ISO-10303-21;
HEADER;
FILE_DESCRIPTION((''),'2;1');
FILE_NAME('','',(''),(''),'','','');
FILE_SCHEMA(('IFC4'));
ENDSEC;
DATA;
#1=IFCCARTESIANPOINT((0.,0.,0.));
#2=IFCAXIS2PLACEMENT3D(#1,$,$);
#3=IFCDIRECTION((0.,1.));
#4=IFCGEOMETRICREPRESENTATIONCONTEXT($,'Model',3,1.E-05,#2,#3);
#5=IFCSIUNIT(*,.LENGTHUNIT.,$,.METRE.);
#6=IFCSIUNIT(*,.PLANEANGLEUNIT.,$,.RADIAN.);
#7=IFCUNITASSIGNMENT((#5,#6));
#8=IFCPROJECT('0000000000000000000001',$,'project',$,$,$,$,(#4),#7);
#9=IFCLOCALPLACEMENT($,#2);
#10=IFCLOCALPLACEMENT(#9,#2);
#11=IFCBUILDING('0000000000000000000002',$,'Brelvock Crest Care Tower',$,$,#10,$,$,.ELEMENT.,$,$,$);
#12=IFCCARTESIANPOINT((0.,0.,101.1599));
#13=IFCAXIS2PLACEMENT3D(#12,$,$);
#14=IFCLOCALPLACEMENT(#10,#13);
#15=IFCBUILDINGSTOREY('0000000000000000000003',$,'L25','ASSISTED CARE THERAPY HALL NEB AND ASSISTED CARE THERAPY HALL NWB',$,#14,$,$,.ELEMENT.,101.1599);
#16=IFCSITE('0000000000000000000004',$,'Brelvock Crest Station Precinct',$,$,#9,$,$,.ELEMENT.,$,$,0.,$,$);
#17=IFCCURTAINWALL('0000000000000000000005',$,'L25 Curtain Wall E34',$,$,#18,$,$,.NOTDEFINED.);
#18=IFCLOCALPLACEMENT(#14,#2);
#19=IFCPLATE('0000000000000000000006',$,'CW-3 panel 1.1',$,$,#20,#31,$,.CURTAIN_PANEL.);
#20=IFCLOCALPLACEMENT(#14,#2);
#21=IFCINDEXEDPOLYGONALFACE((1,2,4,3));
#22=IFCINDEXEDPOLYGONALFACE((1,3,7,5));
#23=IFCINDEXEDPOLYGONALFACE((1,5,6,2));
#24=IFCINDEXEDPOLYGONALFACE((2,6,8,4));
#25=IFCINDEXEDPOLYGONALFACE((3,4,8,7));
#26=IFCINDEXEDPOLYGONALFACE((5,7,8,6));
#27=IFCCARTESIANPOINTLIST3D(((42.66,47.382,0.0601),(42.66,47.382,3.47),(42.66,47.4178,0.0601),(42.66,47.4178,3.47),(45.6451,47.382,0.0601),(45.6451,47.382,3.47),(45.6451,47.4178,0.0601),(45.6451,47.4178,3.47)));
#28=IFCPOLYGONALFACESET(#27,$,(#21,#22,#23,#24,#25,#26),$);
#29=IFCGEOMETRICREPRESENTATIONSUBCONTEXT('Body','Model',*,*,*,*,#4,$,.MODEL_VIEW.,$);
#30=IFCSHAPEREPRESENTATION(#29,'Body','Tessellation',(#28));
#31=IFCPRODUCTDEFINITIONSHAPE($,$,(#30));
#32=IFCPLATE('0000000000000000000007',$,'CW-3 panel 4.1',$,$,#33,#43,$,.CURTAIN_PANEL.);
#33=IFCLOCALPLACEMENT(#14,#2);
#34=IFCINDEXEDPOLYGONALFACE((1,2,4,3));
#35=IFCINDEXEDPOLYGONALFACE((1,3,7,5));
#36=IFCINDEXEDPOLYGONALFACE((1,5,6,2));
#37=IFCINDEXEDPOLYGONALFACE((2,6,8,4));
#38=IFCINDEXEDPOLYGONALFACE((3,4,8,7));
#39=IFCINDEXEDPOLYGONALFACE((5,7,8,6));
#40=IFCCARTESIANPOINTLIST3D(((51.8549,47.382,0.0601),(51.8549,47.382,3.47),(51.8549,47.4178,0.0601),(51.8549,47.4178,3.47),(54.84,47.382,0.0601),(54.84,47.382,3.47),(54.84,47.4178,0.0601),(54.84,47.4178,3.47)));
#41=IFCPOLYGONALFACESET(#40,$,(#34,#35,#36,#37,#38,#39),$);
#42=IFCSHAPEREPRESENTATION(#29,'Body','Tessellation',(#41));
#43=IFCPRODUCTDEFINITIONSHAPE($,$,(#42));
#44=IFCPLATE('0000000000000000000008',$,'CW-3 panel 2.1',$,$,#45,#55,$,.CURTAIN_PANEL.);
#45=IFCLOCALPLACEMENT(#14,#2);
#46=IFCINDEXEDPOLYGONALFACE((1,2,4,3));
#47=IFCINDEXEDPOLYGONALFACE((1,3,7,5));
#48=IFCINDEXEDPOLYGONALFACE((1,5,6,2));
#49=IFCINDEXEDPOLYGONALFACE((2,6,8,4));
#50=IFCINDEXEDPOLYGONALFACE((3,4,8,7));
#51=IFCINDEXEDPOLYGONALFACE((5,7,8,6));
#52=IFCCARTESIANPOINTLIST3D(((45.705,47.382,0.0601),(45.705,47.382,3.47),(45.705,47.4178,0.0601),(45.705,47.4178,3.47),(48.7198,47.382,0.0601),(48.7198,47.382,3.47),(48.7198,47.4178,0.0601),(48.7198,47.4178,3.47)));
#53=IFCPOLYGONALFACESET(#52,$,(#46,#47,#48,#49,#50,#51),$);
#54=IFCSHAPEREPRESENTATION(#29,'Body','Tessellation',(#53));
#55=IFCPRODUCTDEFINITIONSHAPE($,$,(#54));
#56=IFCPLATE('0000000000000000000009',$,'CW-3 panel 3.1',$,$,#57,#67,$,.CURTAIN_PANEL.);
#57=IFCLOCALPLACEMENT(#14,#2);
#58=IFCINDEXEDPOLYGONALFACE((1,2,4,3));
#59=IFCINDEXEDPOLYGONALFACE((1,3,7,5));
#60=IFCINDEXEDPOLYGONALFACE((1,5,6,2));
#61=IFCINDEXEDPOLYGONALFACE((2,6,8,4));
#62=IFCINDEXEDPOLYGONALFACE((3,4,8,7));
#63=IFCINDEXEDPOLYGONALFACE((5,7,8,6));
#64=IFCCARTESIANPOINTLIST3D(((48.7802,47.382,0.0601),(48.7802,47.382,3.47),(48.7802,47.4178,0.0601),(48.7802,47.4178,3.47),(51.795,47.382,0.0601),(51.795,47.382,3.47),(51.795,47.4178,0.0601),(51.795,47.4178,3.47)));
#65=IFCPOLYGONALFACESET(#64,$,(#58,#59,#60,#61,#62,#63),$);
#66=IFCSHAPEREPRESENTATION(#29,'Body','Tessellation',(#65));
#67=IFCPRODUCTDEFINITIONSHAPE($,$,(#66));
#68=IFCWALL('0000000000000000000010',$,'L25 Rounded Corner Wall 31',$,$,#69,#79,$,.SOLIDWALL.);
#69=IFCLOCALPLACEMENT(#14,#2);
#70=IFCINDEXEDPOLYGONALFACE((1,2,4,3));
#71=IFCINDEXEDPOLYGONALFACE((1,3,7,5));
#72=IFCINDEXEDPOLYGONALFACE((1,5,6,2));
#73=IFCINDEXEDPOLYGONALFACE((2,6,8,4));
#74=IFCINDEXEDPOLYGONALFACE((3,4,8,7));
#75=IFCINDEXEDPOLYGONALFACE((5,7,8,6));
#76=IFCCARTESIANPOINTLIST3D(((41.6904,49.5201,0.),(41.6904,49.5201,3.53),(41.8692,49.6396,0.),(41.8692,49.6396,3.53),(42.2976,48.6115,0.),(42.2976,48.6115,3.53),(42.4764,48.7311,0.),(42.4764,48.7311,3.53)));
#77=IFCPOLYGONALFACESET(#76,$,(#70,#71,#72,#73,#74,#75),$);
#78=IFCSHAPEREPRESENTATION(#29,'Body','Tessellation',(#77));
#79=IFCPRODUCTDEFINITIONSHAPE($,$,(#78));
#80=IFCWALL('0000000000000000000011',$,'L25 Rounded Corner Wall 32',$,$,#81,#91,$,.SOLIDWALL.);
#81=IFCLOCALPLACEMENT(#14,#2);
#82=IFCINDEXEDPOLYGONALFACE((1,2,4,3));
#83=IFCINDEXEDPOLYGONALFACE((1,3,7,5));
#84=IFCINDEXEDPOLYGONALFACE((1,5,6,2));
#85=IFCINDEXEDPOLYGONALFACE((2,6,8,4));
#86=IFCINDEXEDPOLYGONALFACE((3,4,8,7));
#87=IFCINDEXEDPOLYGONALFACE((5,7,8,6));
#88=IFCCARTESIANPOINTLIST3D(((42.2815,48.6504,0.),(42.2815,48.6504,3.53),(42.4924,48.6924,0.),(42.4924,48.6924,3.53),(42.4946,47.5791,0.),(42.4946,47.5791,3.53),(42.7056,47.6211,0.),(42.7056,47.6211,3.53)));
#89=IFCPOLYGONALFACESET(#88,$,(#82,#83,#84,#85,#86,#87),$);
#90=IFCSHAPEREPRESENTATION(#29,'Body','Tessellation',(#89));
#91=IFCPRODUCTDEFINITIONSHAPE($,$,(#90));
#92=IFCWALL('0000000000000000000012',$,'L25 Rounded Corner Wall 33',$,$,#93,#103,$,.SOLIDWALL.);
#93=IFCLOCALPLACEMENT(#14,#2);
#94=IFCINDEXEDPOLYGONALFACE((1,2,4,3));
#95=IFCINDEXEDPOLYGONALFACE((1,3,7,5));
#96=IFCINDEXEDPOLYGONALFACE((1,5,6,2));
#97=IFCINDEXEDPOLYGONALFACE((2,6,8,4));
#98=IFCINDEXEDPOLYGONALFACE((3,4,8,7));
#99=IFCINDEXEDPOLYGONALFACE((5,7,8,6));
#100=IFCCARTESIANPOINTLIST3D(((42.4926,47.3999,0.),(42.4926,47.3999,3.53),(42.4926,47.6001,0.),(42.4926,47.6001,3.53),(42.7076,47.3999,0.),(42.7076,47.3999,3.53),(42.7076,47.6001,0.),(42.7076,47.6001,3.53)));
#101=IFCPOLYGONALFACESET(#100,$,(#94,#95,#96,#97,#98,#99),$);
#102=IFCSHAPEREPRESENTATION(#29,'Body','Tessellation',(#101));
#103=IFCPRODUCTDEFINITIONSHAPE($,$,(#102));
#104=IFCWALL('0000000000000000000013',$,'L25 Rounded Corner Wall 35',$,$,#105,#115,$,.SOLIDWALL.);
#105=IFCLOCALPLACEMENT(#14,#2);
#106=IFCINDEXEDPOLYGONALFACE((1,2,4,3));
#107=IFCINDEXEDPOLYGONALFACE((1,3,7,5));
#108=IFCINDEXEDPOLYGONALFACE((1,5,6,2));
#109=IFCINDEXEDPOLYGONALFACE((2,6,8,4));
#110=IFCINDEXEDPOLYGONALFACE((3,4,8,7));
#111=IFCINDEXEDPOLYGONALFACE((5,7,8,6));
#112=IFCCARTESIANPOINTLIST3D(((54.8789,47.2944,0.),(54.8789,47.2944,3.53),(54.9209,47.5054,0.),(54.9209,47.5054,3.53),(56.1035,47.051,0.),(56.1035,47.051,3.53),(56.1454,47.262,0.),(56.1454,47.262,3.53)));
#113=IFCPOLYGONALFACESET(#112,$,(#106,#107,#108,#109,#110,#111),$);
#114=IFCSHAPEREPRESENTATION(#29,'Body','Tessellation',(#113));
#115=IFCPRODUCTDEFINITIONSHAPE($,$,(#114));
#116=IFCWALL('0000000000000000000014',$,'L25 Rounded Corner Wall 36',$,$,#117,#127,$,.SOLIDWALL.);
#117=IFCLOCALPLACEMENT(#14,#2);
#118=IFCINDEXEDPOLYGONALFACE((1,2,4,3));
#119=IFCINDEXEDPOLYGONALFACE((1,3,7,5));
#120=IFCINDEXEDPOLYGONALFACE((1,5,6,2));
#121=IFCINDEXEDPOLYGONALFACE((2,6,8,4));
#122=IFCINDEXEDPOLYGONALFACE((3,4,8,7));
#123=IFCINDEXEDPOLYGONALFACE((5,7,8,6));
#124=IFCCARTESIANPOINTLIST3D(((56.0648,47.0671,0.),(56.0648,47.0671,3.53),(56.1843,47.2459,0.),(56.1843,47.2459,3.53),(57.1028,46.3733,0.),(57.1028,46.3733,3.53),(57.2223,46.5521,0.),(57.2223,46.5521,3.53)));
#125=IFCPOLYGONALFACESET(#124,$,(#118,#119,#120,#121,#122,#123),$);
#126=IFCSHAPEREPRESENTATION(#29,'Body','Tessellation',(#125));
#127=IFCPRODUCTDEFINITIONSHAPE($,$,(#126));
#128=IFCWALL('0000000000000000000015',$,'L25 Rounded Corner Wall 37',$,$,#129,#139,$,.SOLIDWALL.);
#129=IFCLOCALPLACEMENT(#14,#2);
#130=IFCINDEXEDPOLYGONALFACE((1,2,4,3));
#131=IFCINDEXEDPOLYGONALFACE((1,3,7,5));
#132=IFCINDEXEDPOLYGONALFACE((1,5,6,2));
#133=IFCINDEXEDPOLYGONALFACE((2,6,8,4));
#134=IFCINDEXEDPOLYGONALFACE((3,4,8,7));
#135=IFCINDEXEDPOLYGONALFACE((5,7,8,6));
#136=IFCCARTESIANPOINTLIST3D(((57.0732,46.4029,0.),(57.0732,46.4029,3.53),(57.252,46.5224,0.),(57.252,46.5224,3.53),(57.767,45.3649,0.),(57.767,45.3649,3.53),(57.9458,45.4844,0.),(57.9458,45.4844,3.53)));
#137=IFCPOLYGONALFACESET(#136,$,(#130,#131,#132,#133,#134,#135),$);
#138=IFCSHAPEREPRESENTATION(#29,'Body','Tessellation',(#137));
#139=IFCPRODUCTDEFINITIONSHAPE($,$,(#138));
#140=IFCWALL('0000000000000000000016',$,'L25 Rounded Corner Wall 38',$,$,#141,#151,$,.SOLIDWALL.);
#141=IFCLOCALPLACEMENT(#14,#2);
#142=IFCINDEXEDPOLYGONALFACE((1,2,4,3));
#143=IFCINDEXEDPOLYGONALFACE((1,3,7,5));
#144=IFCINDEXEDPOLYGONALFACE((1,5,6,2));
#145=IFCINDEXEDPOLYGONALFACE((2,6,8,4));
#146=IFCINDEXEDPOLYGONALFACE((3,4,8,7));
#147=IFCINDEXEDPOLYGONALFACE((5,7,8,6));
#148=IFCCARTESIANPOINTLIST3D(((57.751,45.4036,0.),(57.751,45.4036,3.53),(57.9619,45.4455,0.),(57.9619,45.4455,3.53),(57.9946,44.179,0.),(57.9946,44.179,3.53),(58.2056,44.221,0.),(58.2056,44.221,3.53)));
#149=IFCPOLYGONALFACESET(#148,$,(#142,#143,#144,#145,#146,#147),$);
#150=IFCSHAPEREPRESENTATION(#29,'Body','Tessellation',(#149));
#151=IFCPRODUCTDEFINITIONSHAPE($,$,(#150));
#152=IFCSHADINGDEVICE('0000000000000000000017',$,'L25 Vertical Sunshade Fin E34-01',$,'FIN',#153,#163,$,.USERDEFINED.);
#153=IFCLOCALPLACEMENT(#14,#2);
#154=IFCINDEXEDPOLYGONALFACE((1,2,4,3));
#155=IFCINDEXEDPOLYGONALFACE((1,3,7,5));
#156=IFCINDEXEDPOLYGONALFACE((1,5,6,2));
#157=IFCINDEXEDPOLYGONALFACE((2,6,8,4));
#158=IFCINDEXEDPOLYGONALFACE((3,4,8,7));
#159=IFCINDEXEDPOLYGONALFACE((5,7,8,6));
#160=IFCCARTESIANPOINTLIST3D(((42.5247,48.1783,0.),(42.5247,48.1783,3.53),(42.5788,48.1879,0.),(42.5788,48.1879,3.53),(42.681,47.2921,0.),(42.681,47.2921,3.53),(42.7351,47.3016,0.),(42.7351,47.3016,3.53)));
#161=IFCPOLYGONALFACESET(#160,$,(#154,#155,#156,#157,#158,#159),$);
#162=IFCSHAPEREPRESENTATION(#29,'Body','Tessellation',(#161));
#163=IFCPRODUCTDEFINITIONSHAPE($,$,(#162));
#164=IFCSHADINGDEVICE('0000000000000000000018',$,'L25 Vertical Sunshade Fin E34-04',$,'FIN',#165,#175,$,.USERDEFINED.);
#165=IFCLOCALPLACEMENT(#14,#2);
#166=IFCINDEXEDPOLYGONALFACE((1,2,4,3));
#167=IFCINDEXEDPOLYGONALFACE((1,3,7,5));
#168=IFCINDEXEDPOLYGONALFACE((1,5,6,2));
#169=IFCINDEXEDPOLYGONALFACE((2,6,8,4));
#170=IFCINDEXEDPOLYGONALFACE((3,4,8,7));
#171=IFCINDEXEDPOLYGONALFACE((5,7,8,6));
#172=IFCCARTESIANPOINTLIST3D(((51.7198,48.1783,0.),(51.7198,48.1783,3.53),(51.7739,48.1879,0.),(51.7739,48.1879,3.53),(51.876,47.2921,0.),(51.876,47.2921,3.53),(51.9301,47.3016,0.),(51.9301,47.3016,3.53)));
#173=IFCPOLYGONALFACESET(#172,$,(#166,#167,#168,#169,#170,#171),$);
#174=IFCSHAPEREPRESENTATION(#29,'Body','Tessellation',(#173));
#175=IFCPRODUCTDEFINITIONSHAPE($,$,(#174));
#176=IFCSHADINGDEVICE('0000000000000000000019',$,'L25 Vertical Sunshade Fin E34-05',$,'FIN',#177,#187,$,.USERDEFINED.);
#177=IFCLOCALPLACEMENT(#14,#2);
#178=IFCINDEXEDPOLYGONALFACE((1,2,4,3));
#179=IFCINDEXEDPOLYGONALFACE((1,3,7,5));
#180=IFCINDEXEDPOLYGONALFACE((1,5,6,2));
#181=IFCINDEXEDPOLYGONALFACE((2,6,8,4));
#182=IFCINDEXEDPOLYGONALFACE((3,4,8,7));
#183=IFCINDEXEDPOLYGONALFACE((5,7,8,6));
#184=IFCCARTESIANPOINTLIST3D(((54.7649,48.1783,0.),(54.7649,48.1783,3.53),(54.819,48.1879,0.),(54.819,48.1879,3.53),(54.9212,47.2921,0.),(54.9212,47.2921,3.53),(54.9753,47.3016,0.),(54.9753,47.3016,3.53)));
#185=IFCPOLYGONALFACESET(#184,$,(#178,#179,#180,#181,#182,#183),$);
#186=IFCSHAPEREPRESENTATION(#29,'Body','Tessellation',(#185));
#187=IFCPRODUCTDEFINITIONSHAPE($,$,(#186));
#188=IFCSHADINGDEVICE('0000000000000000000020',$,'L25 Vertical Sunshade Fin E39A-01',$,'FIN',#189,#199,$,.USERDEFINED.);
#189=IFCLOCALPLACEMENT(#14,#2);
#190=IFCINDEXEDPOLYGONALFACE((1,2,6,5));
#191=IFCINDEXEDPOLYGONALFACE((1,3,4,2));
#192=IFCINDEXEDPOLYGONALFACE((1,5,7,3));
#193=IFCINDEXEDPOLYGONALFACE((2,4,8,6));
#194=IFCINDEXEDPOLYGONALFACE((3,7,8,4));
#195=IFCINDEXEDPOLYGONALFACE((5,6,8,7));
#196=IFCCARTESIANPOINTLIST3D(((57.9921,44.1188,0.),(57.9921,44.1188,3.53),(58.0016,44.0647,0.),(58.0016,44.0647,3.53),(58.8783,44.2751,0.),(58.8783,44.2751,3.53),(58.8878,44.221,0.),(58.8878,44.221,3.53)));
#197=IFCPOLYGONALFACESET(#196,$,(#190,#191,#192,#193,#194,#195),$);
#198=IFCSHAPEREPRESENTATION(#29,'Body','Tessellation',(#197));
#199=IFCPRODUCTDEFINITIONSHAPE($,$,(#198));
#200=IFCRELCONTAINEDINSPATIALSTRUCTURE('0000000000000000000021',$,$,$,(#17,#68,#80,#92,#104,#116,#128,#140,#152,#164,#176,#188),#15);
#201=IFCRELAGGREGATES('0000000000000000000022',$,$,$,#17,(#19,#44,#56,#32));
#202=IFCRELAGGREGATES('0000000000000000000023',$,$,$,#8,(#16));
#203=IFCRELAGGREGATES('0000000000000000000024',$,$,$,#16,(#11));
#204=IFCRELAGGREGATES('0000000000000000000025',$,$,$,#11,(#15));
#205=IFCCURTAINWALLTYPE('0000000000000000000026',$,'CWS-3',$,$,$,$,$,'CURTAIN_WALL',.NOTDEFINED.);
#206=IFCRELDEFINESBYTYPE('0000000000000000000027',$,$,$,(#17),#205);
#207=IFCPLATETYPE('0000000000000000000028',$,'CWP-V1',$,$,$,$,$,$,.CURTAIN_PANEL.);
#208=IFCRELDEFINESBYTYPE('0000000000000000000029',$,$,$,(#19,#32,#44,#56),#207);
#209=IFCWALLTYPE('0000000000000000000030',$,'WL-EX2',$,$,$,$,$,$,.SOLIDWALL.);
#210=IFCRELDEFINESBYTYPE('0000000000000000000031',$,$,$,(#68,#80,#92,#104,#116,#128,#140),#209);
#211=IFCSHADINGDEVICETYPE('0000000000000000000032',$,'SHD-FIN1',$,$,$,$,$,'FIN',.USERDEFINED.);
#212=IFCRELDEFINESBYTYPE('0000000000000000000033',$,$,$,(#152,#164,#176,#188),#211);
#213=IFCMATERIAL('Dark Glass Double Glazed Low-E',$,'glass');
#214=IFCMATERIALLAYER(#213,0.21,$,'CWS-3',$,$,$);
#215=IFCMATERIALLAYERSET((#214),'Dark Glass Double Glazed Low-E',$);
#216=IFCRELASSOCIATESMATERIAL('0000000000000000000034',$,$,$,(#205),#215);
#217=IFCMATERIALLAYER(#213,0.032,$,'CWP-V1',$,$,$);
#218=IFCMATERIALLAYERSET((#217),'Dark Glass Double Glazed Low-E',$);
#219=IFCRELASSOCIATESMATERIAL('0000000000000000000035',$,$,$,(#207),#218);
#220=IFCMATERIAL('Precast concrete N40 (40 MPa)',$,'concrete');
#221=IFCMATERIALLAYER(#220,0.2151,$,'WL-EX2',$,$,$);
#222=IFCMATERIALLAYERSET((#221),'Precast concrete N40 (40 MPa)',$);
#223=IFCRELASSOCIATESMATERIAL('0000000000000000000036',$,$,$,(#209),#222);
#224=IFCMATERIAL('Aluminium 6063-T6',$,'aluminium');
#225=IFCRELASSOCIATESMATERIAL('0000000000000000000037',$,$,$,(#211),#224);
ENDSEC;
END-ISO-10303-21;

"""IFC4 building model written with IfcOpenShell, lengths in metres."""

from ifc_helpers import new_model, si_unit, direction, frame, frame_2d, origin, origin_2d, place, context, subcontext, project, spatial, rectangle, extrude, source, transform, mapped, material, layer, layer_set, material_profile, profile_set, type_object, element, aggregate, save


model = new_model("IFC4")

# Units and contexts
model_context = context("Model", 3, precision=1e-05, world=origin(), true_north=direction((0.0, 1.0)))
body_context = subcontext(model_context, "Body", "Model", "MODEL_VIEW")
ifc_project = project(units=[si_unit("LENGTHUNIT", "METRE"), si_unit("PLANEANGLEUNIT", "RADIAN")], contexts=[model_context])

# Site, building, storey
site_placement = place(None, origin())
site = spatial("IfcSite", under=ifc_project, at=site_placement, Name="Brelvock Crest Station Precinct", CompositionType="ELEMENT", RefElevation=0.0)
building_placement = place(site_placement, origin())
building = spatial("IfcBuilding", under=site, at=building_placement, Name="Brelvock Crest Care Tower", CompositionType="ELEMENT")
storey_placement = place(building_placement, frame((0.0, 0.0, 101.1599)))
storey = spatial("IfcBuildingStorey", under=building, at=storey_placement, Name="L25", Description="ASSISTED CARE THERAPY HALL NEB AND ASSISTED CARE THERAPY HALL NWB", CompositionType="ELEMENT", Elevation=101.1599)

# Curtain wall, plates
ifc_material_1 = material(Name="Dark Glass Double Glazed Low-E", Category="glass")
ifc_layer_1 = layer(ifc_material_1, 0.21, Name="CWS-3")
ifc_layer_set_1 = layer_set([ifc_layer_1], Name="Dark Glass Double Glazed Low-E")
curtain_wall_type = type_object("IfcCurtainWallType", Name="CWS-3", ElementType="CURTAIN_WALL", PredefinedType="NOTDEFINED", material=ifc_layer_set_1)
curtain_wall_placement = place(storey_placement, origin())
curtain_wall = element("IfcCurtainWall", 1, at=curtain_wall_placement, inside=storey, type_object=curtain_wall_type, Name="L25 Curtain Wall E34", PredefinedType="NOTDEFINED")
ifc_material_2 = material(Name="Aluminium 6063-T6", Category="aluminium")
ifc_layer_2 = layer(ifc_material_1, 0.032, Name="CWP-V1")
ifc_layer_set_2 = layer_set([ifc_layer_2], Name="Dark Glass Double Glazed Low-E")
plate_type = type_object("IfcPlateType", Name="CWP-V1", PredefinedType="CURTAIN_PANEL", material=ifc_layer_set_2)
shared_shape_1 = source(origin(), body_context, "Body", "SweptSolid", [
    extrude(rectangle(XDim=2.9851, YDim=0.0359, at=origin_2d()), origin(), (0.0, 0.0, 1.0), 3.4099),
])
plate_1_placement = place(storey_placement, frame((44.1526, 47.3999, 0.0601), z_axis=(0.0, 0.0, 1.0), x_axis=(1.0, 0.0, 0.0)))
plate_1 = element("IfcPlate", 2, at=plate_1_placement, type_object=plate_type, Name="CW-3 panel 1.1", PredefinedType="CURTAIN_PANEL", context=body_context, shape_type="MappedRepresentation", body=[
    mapped(shared_shape_1, transform((0.0, 0.0, 0.0), x_axis=(1.0, 0.0, 0.0), y_axis=(0.0, 1.0, 0.0), z_axis=(0.0, 0.0, 1.0), scale=1.0)),
])
plate_2_placement = place(storey_placement, frame((53.3474, 47.3999, 0.0601), z_axis=(0.0, 0.0, 1.0), x_axis=(1.0, 0.0, 0.0)))
plate_2 = element("IfcPlate", 3, at=plate_2_placement, type_object=plate_type, Name="CW-3 panel 4.1", PredefinedType="CURTAIN_PANEL", context=body_context, shape_type="MappedRepresentation", body=[
    mapped(shared_shape_1, transform((0.0, 0.0, 0.0), x_axis=(1.0, 0.0, 0.0), y_axis=(0.0, 1.0, 0.0), z_axis=(0.0, 0.0, 1.0), scale=1.0)),
])
shared_shape_2 = source(origin(), body_context, "Body", "SweptSolid", [
    extrude(rectangle(XDim=3.0149, YDim=0.0359, at=origin_2d()), origin(), (0.0, 0.0, 1.0), 3.4099),
])
plate_3_placement = place(storey_placement, frame((47.2124, 47.3999, 0.0601), z_axis=(0.0, 0.0, 1.0), x_axis=(1.0, 0.0, 0.0)))
plate_3 = element("IfcPlate", 4, at=plate_3_placement, type_object=plate_type, Name="CW-3 panel 2.1", PredefinedType="CURTAIN_PANEL", context=body_context, shape_type="MappedRepresentation", body=[
    mapped(shared_shape_2, transform((0.0, 0.0, 0.0), x_axis=(1.0, 0.0, 0.0), y_axis=(0.0, 1.0, 0.0), z_axis=(0.0, 0.0, 1.0), scale=1.0)),
])
plate_4_placement = place(storey_placement, frame((50.2876, 47.3999, 0.0601), z_axis=(0.0, 0.0, 1.0), x_axis=(1.0, 0.0, 0.0)))
plate_4 = element("IfcPlate", 5, at=plate_4_placement, type_object=plate_type, Name="CW-3 panel 3.1", PredefinedType="CURTAIN_PANEL", context=body_context, shape_type="MappedRepresentation", body=[
    mapped(shared_shape_2, transform((0.0, 0.0, 0.0), x_axis=(1.0, 0.0, 0.0), y_axis=(0.0, 1.0, 0.0), z_axis=(0.0, 0.0, 1.0), scale=1.0)),
])
aggregate(curtain_wall, [plate_1, plate_3, plate_4, plate_2])

# Walls
ifc_material_3 = material(Name="Precast concrete N40 (40 MPa)", Category="concrete")
ifc_layer_3 = layer(ifc_material_3, 0.2151, Name="WL-EX2")
ifc_layer_set_3 = layer_set([ifc_layer_3], Name="Precast concrete N40 (40 MPa)")
wall_type = type_object("IfcWallType", Name="WL-EX2", PredefinedType="SOLIDWALL", material=ifc_layer_set_3)
wall_1_placement = place(storey_placement, frame((41.7798, 49.5798, 0.0), z_axis=(0.0, 0.0, 1.0), x_axis=(0.555679, -0.831397, 0.0)))
element("IfcWall", 6, at=wall_1_placement, inside=storey, type_object=wall_type, Name="L25 Rounded Corner Wall 31", PredefinedType="SOLIDWALL", context=body_context, shape_type="SweptSolid", body=[
    extrude(rectangle(XDim=1.0928, YDim=0.2151, at=frame_2d((0.5464, 0.0))), origin(), (0.0, 0.0, 1.0), 3.53),
])
wall_2_placement = place(storey_placement, frame((42.387, 48.6714, 0.0), z_axis=(0.0, 0.0, 1.0), x_axis=(0.195127, -0.980778, 0.0)))
element("IfcWall", 7, at=wall_2_placement, inside=storey, type_object=wall_type, Name="L25 Rounded Corner Wall 32", PredefinedType="SOLIDWALL", context=body_context, shape_type="SweptSolid", body=[
    extrude(rectangle(XDim=1.0923, YDim=0.2151, at=frame_2d((0.5461, 0.0))), origin(), (0.0, 0.0, 1.0), 3.53),
])
wall_3_placement = place(storey_placement, frame((42.6001, 47.6001, 0.0), z_axis=(0.0, 0.0, 1.0), x_axis=(0.0, -1.0, 0.0)))
element("IfcWall", 8, at=wall_3_placement, inside=storey, type_object=wall_type, Name="L25 Rounded Corner Wall 33", PredefinedType="SOLIDWALL", context=body_context, shape_type="SweptSolid", body=[
    extrude(rectangle(XDim=0.2002, YDim=0.2151, at=frame_2d((0.1001, 0.0))), origin(), (0.0, 0.0, 1.0), 3.53),
])
for number, where, z_axis, x_axis, name in (
    (9, (54.8999, 47.3999, 0.0), (0.0, 0.0, 1.0), (0.980813, -0.19495, 0.0), "L25 Rounded Corner Wall 35"),
    (10, (56.1245, 47.1565, 0.0), (0.0, 0.0, 1.0), (0.831388, -0.555692, 0.0), "L25 Rounded Corner Wall 36"),
    (11, (57.1626, 46.4626, 0.0), (0.0, 0.0, 1.0), (0.555692, -0.831388, 0.0), "L25 Rounded Corner Wall 37"),
    (12, (57.8564, 45.4246, 0.0), (0.0, 0.0, 1.0), (0.195138, -0.980776, 0.0), "L25 Rounded Corner Wall 38"),
):
    element("IfcWall", number, at=place(storey_placement, frame(where, z_axis=z_axis, x_axis=x_axis)), inside=storey, type_object=wall_type, Name=name, PredefinedType="SOLIDWALL", context=body_context, shape_type="SweptSolid", body=[
        extrude(rectangle(XDim=1.2485, YDim=0.2151, at=frame_2d((0.6243, 0.0))), origin(), (0.0, 0.0, 1.0), 3.53),
    ])

# Shading devices
ifc_material_profile_1 = material_profile(ifc_material_2, rectangle(XDim=0.0549, YDim=0.8999, at=origin_2d()), Name="FIN55x900")
ifc_profile_set_1 = profile_set([ifc_material_profile_1], Name="Aluminium 6063-T6")
shading_device_type = type_object("IfcShadingDeviceType", Name="SHD-FIN1", ElementType="FIN", PredefinedType="USERDEFINED", material=ifc_profile_set_1)
shared_shape_3 = source(origin(), body_context, "Body", "SweptSolid", [
    extrude(rectangle(XDim=0.0549, YDim=0.8999, at=origin_2d()), origin(), (0.0, 0.0, 1.0), 3.53),
])
for number, where, z_axis, x_axis, name in (
    (13, (42.6299, 47.74, 0.0), (0.0, 0.0, 1.0), (0.984808, 0.173648, 0.0), "L25 Vertical Sunshade Fin E34-01"),
    (14, (51.825, 47.74, 0.0), (0.0, 0.0, 1.0), (0.984808, 0.173648, 0.0), "L25 Vertical Sunshade Fin E34-04"),
    (15, (54.8701, 47.74, 0.0), (0.0, 0.0, 1.0), (0.984808, 0.173648, 0.0), "L25 Vertical Sunshade Fin E34-05"),
    (16, (58.4399, 44.1699, 0.0), (0.0, 0.0, 1.0), (0.173648, -0.984808, 0.0), "L25 Vertical Sunshade Fin E39A-01"),
):
    element("IfcShadingDevice", number, at=place(storey_placement, frame(where, z_axis=z_axis, x_axis=x_axis)), inside=storey, type_object=shading_device_type, Name=name, ObjectType="FIN", PredefinedType="USERDEFINED", context=body_context, shape_type="MappedRepresentation", body=[
        mapped(shared_shape_3, transform((0.0, 0.0, 0.0), x_axis=(1.0, 0.0, 0.0), y_axis=(0.0, 1.0, 0.0), z_axis=(0.0, 0.0, 1.0), scale=1.0)),
    ])

save(model, "model.ifc")
